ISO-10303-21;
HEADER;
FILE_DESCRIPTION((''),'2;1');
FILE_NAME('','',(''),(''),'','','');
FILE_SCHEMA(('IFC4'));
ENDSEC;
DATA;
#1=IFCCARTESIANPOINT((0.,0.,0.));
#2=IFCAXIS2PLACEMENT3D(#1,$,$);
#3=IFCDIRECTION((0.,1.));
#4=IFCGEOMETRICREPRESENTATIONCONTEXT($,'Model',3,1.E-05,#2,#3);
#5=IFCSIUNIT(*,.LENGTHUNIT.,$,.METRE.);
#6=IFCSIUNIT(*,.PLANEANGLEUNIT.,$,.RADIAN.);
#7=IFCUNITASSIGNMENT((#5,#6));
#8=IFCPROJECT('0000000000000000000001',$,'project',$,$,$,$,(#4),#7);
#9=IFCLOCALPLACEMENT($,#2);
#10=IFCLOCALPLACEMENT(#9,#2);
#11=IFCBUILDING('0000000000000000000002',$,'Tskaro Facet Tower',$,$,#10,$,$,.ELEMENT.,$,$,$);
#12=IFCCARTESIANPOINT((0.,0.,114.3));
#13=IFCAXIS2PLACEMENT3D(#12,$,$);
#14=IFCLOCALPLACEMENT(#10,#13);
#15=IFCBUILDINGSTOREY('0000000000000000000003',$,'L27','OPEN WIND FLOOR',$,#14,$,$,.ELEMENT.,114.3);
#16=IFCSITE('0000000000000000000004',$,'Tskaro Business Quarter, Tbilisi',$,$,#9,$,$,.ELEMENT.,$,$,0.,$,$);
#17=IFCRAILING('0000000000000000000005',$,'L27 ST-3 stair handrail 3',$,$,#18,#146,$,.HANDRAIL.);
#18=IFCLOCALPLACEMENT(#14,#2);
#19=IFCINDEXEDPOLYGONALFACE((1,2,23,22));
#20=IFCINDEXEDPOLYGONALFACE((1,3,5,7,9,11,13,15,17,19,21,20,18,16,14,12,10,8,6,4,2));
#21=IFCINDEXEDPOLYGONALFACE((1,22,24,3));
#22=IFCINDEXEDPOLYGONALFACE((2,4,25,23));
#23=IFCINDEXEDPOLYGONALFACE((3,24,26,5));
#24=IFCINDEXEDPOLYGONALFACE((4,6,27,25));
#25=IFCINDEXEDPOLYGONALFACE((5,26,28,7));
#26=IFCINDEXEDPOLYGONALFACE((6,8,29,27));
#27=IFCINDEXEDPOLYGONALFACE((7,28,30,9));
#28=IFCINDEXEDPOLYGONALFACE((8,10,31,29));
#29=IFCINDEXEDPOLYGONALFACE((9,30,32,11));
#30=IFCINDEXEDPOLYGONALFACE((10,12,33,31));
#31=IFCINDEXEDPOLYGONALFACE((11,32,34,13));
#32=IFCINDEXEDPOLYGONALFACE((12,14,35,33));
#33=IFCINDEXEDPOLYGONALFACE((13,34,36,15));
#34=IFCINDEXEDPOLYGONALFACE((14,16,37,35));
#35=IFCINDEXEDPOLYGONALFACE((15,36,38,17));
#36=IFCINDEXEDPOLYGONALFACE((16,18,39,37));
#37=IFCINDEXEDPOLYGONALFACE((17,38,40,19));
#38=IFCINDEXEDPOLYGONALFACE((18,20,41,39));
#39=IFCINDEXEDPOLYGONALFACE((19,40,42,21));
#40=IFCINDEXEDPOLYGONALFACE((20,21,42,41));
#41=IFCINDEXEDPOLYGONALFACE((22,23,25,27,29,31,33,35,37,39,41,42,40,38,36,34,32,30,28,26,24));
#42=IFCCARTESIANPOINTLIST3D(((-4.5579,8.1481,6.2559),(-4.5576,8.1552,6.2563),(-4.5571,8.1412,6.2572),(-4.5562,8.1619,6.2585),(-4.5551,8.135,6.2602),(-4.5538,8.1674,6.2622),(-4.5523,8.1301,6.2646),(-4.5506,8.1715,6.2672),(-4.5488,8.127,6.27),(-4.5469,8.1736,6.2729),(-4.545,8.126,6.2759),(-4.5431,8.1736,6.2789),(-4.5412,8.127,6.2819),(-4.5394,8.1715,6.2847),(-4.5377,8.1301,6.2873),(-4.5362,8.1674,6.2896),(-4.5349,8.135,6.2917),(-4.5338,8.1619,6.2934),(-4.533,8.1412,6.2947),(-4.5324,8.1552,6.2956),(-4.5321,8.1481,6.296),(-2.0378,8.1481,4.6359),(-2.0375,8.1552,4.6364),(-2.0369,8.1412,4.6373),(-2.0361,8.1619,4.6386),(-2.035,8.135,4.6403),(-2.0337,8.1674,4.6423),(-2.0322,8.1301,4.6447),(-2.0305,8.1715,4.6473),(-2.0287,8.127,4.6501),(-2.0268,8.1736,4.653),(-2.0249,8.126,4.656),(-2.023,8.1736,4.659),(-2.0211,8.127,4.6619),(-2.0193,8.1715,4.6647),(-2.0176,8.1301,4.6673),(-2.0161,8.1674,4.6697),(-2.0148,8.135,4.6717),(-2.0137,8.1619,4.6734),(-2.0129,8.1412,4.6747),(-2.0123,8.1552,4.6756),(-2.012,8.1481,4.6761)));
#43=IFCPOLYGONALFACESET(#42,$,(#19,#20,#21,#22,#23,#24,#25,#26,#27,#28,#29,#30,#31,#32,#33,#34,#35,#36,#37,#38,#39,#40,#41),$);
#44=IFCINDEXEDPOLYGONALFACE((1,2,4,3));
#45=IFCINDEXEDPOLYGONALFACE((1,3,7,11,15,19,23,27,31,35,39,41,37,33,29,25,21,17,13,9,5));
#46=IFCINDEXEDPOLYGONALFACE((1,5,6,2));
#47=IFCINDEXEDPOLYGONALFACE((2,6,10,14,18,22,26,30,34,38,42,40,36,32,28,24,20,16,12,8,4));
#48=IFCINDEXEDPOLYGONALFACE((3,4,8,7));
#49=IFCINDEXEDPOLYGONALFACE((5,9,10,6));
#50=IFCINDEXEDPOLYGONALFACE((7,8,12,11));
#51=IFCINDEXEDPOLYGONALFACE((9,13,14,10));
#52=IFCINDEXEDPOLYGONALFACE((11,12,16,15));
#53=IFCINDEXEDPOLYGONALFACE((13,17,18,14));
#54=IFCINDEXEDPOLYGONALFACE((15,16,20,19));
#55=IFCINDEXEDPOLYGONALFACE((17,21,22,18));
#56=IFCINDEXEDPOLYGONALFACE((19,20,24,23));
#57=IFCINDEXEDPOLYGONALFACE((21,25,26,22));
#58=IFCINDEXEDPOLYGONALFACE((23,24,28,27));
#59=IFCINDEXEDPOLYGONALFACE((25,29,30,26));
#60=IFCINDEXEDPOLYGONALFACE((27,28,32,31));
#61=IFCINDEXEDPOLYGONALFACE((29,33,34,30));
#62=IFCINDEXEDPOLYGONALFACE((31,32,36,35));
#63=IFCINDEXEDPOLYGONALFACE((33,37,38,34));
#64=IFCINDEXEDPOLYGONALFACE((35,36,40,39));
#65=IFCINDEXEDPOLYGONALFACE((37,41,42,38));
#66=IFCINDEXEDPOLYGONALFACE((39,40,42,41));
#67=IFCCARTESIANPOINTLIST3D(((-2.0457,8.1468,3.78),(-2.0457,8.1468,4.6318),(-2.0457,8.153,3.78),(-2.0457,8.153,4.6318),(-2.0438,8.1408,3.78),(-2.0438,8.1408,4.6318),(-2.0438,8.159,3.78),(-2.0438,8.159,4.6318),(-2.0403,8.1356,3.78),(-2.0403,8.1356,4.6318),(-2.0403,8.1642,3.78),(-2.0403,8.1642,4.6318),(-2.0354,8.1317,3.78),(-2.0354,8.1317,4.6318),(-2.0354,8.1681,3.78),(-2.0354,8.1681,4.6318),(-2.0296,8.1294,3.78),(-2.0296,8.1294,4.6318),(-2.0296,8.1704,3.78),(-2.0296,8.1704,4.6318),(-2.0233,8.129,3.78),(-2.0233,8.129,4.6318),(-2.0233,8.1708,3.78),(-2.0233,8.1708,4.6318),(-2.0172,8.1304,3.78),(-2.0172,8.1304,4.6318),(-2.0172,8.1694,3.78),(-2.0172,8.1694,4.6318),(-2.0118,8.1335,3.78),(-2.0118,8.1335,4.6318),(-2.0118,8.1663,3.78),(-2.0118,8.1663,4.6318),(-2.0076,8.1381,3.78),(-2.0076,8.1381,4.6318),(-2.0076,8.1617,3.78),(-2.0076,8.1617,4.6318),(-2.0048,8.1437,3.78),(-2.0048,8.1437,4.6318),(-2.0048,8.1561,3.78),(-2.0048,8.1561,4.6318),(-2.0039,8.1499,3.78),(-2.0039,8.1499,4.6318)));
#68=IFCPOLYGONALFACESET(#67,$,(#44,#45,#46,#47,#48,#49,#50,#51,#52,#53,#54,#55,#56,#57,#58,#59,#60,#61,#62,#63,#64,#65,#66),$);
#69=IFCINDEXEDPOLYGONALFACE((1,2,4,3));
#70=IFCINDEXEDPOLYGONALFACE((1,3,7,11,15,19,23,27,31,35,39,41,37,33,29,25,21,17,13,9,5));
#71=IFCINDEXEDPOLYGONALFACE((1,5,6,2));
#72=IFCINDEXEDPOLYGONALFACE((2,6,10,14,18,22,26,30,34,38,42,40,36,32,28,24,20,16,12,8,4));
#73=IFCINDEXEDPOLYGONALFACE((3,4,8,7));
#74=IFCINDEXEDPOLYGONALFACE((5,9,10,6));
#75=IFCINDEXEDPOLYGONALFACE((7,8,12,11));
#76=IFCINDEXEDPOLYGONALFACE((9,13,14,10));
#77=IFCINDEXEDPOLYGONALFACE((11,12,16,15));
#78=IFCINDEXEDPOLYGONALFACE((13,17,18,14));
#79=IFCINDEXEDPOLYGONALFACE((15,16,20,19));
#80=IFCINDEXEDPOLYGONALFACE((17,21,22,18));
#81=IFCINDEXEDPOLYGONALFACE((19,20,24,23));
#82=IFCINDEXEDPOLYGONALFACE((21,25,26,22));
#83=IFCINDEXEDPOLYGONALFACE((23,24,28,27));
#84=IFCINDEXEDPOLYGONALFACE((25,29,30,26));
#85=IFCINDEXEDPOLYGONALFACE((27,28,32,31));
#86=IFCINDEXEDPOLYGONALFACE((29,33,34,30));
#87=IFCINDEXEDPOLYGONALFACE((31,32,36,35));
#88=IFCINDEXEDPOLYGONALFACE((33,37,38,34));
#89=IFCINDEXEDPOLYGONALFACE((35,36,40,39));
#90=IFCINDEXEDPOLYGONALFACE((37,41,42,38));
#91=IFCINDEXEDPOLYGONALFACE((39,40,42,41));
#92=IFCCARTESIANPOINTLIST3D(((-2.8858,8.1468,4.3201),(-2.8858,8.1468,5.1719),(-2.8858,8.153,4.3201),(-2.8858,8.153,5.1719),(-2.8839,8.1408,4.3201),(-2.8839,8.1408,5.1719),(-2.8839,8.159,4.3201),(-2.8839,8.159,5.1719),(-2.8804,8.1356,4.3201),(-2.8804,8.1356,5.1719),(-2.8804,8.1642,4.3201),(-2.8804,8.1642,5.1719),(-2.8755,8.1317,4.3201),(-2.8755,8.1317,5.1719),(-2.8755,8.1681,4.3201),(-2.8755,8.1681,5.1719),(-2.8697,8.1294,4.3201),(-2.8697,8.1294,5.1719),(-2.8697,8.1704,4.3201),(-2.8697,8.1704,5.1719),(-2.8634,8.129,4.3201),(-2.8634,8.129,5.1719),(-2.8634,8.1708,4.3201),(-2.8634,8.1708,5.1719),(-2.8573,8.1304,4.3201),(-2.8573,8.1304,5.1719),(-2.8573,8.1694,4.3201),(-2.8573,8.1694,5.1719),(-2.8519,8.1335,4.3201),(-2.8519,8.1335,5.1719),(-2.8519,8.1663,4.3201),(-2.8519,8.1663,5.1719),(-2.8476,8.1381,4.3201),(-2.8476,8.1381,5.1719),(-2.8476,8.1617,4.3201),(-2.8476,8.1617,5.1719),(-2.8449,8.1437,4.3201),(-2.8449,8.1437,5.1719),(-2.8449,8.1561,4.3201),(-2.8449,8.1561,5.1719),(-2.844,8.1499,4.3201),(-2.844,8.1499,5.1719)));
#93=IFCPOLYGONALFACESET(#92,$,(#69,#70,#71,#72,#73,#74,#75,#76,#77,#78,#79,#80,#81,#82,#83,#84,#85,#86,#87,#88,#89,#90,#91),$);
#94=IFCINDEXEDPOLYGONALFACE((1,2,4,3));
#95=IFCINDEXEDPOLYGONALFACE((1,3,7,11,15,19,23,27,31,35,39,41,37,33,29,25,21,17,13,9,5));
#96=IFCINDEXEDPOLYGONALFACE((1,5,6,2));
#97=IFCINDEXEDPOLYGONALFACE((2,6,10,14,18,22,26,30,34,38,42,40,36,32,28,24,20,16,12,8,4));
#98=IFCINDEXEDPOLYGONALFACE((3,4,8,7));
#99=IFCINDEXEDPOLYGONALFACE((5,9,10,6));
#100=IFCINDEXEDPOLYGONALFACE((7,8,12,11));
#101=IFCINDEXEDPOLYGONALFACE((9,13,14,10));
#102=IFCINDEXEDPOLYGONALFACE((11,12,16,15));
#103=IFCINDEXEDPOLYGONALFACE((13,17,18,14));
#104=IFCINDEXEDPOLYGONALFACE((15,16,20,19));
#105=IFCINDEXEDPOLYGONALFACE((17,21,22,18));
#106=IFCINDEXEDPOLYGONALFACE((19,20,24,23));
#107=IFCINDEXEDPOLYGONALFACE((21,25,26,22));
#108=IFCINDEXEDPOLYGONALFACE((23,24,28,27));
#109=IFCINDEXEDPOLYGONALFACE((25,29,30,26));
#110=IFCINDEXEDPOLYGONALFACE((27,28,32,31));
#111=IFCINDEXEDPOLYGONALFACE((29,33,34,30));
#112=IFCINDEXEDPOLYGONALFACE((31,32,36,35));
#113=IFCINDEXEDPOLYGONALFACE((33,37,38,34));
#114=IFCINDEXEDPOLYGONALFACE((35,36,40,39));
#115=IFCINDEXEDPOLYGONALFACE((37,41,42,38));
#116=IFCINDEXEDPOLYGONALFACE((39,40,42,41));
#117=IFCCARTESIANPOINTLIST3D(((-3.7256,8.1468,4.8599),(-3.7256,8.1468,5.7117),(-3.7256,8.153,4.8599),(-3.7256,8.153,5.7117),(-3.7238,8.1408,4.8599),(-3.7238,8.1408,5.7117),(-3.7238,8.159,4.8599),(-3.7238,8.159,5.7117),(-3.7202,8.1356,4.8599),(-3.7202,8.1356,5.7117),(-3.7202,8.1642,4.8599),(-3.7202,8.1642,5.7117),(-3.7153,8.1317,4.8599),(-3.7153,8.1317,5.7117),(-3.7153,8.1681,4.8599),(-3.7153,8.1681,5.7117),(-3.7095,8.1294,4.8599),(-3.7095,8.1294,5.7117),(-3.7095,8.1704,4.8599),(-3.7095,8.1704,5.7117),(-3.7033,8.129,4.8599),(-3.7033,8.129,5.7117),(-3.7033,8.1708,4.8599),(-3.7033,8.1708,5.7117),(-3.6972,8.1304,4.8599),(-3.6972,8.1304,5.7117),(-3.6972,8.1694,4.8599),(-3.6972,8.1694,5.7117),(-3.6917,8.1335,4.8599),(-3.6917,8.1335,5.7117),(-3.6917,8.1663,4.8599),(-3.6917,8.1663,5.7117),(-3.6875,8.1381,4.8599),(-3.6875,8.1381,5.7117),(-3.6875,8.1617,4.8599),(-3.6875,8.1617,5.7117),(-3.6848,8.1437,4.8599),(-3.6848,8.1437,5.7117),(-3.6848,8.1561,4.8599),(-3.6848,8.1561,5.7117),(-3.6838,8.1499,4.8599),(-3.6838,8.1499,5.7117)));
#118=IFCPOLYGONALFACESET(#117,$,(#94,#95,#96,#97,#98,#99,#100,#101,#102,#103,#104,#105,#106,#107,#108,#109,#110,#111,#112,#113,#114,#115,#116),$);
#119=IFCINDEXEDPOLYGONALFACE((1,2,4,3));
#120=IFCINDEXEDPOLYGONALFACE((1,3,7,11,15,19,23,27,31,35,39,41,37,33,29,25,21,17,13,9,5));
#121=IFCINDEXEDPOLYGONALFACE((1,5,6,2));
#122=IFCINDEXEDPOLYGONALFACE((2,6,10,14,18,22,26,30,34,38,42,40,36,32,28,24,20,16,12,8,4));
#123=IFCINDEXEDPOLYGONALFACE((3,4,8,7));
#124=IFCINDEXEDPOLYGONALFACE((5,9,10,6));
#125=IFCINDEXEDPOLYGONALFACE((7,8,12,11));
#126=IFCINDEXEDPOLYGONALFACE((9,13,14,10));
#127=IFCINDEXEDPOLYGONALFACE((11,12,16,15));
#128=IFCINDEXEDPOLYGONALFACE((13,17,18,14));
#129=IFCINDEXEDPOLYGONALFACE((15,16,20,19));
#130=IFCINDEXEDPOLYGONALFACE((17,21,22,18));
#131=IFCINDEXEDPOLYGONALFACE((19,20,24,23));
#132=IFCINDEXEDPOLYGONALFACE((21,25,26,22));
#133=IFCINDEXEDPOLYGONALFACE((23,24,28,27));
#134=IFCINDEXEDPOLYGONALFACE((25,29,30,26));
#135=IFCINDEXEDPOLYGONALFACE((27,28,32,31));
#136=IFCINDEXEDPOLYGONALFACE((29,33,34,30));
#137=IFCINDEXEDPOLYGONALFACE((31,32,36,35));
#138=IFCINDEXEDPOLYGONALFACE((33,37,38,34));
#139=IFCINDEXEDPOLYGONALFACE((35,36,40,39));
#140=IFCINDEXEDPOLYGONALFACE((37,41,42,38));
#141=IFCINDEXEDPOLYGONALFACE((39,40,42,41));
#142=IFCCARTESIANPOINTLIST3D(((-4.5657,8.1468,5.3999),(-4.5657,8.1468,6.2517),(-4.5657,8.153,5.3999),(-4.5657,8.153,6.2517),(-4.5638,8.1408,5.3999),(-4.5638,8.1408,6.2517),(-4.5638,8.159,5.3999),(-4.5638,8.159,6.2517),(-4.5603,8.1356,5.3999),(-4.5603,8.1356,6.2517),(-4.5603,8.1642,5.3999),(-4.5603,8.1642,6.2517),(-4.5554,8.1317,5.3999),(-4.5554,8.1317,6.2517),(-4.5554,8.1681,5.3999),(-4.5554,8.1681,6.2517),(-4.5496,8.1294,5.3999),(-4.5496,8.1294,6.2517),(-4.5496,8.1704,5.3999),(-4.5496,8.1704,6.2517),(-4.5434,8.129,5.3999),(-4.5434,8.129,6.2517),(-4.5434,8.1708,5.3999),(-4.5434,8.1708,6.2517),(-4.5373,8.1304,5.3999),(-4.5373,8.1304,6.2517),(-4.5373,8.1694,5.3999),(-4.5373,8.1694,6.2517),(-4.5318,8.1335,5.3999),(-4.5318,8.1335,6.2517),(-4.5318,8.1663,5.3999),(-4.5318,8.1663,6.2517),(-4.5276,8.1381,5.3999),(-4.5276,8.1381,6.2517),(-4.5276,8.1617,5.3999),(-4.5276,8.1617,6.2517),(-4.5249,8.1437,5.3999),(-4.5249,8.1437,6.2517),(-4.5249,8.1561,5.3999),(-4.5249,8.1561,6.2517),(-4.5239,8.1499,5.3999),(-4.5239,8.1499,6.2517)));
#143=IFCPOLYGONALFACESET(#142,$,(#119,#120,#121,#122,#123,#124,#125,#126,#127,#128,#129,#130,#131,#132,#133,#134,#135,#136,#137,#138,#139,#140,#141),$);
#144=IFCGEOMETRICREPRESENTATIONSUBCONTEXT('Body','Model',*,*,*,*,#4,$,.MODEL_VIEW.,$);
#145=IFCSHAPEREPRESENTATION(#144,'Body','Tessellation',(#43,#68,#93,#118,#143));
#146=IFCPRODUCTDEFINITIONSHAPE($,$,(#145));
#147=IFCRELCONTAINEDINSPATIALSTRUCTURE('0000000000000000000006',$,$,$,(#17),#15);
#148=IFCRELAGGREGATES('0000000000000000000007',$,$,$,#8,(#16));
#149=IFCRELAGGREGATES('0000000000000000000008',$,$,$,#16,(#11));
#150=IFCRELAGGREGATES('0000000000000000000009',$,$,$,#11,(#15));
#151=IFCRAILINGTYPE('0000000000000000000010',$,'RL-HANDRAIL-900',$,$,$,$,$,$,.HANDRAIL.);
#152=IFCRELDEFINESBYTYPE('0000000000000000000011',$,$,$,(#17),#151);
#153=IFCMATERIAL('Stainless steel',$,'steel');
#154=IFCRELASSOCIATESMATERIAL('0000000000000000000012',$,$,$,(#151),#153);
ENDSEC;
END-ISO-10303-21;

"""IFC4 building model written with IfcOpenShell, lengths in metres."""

from ifc_helpers import new_model, si_unit, direction, frame, origin, origin_2d, place, context, subcontext, project, spatial, circle, extrude, material, type_object, element, save


model = new_model("IFC4")

# Units and contexts
model_context = context("Model", 3, precision=1e-05, world=origin(), true_north=direction((0.0, 1.0)))
body_context = subcontext(model_context, "Body", "Model", "MODEL_VIEW")
ifc_project = project(units=[si_unit("LENGTHUNIT", "METRE"), si_unit("PLANEANGLEUNIT", "RADIAN")], contexts=[model_context])

# Site, building, storey
site_placement = place(None, origin())
site = spatial("IfcSite", under=ifc_project, at=site_placement, Name="Tskaro Business Quarter, Tbilisi", CompositionType="ELEMENT", RefElevation=0.0)
building_placement = place(site_placement, origin())
building = spatial("IfcBuilding", under=site, at=building_placement, Name="Tskaro Facet Tower", CompositionType="ELEMENT")
storey_placement = place(building_placement, frame((0.0, 0.0, 114.3)))
storey = spatial("IfcBuildingStorey", under=building, at=storey_placement, Name="L27", Description="OPEN WIND FLOOR", CompositionType="ELEMENT", Elevation=114.3)

# Railing
ifc_material_1 = material(Name="Stainless steel", Category="steel")
railing_type_1 = type_object("IfcRailingType", Name="RL-HANDRAIL-900", PredefinedType="HANDRAIL", material=ifc_material_1)
railing_1_placement = place(storey_placement, frame((-2.0249, 8.1499, 3.78)))
element("IfcRailing", 1, at=railing_1_placement, inside=storey, type_object=railing_type_1, Name="L27 ST-3 stair handrail 3", PredefinedType="HANDRAIL", context=body_context, shape_type="SweptSolid", body=[
    extrude(circle(Radius=0.0239, at=origin_2d()), frame((0.0, 0.0, 0.876), z_axis=(-0.8412, 0.0, 0.540725), x_axis=(0.0, -1.0, 0.0)), (0.0, 0.0, 1.0), 2.9958),
    extrude(circle(Radius=0.021, at=origin_2d()), origin(), (0.0, 0.0, 1.0), 0.8518),
    extrude(circle(Radius=0.021, at=origin_2d()), frame((-0.8401, 0.0, 0.54)), (0.0, 0.0, 1.0), 0.8518),
    extrude(circle(Radius=0.021, at=origin_2d()), frame((-1.6799, 0.0, 1.0798)), (0.0, 0.0, 1.0), 0.8518),
    extrude(circle(Radius=0.021, at=origin_2d()), frame((-2.52, 0.0, 1.6199)), (0.0, 0.0, 1.0), 0.8518),
])

save(model, "model.ifc")
